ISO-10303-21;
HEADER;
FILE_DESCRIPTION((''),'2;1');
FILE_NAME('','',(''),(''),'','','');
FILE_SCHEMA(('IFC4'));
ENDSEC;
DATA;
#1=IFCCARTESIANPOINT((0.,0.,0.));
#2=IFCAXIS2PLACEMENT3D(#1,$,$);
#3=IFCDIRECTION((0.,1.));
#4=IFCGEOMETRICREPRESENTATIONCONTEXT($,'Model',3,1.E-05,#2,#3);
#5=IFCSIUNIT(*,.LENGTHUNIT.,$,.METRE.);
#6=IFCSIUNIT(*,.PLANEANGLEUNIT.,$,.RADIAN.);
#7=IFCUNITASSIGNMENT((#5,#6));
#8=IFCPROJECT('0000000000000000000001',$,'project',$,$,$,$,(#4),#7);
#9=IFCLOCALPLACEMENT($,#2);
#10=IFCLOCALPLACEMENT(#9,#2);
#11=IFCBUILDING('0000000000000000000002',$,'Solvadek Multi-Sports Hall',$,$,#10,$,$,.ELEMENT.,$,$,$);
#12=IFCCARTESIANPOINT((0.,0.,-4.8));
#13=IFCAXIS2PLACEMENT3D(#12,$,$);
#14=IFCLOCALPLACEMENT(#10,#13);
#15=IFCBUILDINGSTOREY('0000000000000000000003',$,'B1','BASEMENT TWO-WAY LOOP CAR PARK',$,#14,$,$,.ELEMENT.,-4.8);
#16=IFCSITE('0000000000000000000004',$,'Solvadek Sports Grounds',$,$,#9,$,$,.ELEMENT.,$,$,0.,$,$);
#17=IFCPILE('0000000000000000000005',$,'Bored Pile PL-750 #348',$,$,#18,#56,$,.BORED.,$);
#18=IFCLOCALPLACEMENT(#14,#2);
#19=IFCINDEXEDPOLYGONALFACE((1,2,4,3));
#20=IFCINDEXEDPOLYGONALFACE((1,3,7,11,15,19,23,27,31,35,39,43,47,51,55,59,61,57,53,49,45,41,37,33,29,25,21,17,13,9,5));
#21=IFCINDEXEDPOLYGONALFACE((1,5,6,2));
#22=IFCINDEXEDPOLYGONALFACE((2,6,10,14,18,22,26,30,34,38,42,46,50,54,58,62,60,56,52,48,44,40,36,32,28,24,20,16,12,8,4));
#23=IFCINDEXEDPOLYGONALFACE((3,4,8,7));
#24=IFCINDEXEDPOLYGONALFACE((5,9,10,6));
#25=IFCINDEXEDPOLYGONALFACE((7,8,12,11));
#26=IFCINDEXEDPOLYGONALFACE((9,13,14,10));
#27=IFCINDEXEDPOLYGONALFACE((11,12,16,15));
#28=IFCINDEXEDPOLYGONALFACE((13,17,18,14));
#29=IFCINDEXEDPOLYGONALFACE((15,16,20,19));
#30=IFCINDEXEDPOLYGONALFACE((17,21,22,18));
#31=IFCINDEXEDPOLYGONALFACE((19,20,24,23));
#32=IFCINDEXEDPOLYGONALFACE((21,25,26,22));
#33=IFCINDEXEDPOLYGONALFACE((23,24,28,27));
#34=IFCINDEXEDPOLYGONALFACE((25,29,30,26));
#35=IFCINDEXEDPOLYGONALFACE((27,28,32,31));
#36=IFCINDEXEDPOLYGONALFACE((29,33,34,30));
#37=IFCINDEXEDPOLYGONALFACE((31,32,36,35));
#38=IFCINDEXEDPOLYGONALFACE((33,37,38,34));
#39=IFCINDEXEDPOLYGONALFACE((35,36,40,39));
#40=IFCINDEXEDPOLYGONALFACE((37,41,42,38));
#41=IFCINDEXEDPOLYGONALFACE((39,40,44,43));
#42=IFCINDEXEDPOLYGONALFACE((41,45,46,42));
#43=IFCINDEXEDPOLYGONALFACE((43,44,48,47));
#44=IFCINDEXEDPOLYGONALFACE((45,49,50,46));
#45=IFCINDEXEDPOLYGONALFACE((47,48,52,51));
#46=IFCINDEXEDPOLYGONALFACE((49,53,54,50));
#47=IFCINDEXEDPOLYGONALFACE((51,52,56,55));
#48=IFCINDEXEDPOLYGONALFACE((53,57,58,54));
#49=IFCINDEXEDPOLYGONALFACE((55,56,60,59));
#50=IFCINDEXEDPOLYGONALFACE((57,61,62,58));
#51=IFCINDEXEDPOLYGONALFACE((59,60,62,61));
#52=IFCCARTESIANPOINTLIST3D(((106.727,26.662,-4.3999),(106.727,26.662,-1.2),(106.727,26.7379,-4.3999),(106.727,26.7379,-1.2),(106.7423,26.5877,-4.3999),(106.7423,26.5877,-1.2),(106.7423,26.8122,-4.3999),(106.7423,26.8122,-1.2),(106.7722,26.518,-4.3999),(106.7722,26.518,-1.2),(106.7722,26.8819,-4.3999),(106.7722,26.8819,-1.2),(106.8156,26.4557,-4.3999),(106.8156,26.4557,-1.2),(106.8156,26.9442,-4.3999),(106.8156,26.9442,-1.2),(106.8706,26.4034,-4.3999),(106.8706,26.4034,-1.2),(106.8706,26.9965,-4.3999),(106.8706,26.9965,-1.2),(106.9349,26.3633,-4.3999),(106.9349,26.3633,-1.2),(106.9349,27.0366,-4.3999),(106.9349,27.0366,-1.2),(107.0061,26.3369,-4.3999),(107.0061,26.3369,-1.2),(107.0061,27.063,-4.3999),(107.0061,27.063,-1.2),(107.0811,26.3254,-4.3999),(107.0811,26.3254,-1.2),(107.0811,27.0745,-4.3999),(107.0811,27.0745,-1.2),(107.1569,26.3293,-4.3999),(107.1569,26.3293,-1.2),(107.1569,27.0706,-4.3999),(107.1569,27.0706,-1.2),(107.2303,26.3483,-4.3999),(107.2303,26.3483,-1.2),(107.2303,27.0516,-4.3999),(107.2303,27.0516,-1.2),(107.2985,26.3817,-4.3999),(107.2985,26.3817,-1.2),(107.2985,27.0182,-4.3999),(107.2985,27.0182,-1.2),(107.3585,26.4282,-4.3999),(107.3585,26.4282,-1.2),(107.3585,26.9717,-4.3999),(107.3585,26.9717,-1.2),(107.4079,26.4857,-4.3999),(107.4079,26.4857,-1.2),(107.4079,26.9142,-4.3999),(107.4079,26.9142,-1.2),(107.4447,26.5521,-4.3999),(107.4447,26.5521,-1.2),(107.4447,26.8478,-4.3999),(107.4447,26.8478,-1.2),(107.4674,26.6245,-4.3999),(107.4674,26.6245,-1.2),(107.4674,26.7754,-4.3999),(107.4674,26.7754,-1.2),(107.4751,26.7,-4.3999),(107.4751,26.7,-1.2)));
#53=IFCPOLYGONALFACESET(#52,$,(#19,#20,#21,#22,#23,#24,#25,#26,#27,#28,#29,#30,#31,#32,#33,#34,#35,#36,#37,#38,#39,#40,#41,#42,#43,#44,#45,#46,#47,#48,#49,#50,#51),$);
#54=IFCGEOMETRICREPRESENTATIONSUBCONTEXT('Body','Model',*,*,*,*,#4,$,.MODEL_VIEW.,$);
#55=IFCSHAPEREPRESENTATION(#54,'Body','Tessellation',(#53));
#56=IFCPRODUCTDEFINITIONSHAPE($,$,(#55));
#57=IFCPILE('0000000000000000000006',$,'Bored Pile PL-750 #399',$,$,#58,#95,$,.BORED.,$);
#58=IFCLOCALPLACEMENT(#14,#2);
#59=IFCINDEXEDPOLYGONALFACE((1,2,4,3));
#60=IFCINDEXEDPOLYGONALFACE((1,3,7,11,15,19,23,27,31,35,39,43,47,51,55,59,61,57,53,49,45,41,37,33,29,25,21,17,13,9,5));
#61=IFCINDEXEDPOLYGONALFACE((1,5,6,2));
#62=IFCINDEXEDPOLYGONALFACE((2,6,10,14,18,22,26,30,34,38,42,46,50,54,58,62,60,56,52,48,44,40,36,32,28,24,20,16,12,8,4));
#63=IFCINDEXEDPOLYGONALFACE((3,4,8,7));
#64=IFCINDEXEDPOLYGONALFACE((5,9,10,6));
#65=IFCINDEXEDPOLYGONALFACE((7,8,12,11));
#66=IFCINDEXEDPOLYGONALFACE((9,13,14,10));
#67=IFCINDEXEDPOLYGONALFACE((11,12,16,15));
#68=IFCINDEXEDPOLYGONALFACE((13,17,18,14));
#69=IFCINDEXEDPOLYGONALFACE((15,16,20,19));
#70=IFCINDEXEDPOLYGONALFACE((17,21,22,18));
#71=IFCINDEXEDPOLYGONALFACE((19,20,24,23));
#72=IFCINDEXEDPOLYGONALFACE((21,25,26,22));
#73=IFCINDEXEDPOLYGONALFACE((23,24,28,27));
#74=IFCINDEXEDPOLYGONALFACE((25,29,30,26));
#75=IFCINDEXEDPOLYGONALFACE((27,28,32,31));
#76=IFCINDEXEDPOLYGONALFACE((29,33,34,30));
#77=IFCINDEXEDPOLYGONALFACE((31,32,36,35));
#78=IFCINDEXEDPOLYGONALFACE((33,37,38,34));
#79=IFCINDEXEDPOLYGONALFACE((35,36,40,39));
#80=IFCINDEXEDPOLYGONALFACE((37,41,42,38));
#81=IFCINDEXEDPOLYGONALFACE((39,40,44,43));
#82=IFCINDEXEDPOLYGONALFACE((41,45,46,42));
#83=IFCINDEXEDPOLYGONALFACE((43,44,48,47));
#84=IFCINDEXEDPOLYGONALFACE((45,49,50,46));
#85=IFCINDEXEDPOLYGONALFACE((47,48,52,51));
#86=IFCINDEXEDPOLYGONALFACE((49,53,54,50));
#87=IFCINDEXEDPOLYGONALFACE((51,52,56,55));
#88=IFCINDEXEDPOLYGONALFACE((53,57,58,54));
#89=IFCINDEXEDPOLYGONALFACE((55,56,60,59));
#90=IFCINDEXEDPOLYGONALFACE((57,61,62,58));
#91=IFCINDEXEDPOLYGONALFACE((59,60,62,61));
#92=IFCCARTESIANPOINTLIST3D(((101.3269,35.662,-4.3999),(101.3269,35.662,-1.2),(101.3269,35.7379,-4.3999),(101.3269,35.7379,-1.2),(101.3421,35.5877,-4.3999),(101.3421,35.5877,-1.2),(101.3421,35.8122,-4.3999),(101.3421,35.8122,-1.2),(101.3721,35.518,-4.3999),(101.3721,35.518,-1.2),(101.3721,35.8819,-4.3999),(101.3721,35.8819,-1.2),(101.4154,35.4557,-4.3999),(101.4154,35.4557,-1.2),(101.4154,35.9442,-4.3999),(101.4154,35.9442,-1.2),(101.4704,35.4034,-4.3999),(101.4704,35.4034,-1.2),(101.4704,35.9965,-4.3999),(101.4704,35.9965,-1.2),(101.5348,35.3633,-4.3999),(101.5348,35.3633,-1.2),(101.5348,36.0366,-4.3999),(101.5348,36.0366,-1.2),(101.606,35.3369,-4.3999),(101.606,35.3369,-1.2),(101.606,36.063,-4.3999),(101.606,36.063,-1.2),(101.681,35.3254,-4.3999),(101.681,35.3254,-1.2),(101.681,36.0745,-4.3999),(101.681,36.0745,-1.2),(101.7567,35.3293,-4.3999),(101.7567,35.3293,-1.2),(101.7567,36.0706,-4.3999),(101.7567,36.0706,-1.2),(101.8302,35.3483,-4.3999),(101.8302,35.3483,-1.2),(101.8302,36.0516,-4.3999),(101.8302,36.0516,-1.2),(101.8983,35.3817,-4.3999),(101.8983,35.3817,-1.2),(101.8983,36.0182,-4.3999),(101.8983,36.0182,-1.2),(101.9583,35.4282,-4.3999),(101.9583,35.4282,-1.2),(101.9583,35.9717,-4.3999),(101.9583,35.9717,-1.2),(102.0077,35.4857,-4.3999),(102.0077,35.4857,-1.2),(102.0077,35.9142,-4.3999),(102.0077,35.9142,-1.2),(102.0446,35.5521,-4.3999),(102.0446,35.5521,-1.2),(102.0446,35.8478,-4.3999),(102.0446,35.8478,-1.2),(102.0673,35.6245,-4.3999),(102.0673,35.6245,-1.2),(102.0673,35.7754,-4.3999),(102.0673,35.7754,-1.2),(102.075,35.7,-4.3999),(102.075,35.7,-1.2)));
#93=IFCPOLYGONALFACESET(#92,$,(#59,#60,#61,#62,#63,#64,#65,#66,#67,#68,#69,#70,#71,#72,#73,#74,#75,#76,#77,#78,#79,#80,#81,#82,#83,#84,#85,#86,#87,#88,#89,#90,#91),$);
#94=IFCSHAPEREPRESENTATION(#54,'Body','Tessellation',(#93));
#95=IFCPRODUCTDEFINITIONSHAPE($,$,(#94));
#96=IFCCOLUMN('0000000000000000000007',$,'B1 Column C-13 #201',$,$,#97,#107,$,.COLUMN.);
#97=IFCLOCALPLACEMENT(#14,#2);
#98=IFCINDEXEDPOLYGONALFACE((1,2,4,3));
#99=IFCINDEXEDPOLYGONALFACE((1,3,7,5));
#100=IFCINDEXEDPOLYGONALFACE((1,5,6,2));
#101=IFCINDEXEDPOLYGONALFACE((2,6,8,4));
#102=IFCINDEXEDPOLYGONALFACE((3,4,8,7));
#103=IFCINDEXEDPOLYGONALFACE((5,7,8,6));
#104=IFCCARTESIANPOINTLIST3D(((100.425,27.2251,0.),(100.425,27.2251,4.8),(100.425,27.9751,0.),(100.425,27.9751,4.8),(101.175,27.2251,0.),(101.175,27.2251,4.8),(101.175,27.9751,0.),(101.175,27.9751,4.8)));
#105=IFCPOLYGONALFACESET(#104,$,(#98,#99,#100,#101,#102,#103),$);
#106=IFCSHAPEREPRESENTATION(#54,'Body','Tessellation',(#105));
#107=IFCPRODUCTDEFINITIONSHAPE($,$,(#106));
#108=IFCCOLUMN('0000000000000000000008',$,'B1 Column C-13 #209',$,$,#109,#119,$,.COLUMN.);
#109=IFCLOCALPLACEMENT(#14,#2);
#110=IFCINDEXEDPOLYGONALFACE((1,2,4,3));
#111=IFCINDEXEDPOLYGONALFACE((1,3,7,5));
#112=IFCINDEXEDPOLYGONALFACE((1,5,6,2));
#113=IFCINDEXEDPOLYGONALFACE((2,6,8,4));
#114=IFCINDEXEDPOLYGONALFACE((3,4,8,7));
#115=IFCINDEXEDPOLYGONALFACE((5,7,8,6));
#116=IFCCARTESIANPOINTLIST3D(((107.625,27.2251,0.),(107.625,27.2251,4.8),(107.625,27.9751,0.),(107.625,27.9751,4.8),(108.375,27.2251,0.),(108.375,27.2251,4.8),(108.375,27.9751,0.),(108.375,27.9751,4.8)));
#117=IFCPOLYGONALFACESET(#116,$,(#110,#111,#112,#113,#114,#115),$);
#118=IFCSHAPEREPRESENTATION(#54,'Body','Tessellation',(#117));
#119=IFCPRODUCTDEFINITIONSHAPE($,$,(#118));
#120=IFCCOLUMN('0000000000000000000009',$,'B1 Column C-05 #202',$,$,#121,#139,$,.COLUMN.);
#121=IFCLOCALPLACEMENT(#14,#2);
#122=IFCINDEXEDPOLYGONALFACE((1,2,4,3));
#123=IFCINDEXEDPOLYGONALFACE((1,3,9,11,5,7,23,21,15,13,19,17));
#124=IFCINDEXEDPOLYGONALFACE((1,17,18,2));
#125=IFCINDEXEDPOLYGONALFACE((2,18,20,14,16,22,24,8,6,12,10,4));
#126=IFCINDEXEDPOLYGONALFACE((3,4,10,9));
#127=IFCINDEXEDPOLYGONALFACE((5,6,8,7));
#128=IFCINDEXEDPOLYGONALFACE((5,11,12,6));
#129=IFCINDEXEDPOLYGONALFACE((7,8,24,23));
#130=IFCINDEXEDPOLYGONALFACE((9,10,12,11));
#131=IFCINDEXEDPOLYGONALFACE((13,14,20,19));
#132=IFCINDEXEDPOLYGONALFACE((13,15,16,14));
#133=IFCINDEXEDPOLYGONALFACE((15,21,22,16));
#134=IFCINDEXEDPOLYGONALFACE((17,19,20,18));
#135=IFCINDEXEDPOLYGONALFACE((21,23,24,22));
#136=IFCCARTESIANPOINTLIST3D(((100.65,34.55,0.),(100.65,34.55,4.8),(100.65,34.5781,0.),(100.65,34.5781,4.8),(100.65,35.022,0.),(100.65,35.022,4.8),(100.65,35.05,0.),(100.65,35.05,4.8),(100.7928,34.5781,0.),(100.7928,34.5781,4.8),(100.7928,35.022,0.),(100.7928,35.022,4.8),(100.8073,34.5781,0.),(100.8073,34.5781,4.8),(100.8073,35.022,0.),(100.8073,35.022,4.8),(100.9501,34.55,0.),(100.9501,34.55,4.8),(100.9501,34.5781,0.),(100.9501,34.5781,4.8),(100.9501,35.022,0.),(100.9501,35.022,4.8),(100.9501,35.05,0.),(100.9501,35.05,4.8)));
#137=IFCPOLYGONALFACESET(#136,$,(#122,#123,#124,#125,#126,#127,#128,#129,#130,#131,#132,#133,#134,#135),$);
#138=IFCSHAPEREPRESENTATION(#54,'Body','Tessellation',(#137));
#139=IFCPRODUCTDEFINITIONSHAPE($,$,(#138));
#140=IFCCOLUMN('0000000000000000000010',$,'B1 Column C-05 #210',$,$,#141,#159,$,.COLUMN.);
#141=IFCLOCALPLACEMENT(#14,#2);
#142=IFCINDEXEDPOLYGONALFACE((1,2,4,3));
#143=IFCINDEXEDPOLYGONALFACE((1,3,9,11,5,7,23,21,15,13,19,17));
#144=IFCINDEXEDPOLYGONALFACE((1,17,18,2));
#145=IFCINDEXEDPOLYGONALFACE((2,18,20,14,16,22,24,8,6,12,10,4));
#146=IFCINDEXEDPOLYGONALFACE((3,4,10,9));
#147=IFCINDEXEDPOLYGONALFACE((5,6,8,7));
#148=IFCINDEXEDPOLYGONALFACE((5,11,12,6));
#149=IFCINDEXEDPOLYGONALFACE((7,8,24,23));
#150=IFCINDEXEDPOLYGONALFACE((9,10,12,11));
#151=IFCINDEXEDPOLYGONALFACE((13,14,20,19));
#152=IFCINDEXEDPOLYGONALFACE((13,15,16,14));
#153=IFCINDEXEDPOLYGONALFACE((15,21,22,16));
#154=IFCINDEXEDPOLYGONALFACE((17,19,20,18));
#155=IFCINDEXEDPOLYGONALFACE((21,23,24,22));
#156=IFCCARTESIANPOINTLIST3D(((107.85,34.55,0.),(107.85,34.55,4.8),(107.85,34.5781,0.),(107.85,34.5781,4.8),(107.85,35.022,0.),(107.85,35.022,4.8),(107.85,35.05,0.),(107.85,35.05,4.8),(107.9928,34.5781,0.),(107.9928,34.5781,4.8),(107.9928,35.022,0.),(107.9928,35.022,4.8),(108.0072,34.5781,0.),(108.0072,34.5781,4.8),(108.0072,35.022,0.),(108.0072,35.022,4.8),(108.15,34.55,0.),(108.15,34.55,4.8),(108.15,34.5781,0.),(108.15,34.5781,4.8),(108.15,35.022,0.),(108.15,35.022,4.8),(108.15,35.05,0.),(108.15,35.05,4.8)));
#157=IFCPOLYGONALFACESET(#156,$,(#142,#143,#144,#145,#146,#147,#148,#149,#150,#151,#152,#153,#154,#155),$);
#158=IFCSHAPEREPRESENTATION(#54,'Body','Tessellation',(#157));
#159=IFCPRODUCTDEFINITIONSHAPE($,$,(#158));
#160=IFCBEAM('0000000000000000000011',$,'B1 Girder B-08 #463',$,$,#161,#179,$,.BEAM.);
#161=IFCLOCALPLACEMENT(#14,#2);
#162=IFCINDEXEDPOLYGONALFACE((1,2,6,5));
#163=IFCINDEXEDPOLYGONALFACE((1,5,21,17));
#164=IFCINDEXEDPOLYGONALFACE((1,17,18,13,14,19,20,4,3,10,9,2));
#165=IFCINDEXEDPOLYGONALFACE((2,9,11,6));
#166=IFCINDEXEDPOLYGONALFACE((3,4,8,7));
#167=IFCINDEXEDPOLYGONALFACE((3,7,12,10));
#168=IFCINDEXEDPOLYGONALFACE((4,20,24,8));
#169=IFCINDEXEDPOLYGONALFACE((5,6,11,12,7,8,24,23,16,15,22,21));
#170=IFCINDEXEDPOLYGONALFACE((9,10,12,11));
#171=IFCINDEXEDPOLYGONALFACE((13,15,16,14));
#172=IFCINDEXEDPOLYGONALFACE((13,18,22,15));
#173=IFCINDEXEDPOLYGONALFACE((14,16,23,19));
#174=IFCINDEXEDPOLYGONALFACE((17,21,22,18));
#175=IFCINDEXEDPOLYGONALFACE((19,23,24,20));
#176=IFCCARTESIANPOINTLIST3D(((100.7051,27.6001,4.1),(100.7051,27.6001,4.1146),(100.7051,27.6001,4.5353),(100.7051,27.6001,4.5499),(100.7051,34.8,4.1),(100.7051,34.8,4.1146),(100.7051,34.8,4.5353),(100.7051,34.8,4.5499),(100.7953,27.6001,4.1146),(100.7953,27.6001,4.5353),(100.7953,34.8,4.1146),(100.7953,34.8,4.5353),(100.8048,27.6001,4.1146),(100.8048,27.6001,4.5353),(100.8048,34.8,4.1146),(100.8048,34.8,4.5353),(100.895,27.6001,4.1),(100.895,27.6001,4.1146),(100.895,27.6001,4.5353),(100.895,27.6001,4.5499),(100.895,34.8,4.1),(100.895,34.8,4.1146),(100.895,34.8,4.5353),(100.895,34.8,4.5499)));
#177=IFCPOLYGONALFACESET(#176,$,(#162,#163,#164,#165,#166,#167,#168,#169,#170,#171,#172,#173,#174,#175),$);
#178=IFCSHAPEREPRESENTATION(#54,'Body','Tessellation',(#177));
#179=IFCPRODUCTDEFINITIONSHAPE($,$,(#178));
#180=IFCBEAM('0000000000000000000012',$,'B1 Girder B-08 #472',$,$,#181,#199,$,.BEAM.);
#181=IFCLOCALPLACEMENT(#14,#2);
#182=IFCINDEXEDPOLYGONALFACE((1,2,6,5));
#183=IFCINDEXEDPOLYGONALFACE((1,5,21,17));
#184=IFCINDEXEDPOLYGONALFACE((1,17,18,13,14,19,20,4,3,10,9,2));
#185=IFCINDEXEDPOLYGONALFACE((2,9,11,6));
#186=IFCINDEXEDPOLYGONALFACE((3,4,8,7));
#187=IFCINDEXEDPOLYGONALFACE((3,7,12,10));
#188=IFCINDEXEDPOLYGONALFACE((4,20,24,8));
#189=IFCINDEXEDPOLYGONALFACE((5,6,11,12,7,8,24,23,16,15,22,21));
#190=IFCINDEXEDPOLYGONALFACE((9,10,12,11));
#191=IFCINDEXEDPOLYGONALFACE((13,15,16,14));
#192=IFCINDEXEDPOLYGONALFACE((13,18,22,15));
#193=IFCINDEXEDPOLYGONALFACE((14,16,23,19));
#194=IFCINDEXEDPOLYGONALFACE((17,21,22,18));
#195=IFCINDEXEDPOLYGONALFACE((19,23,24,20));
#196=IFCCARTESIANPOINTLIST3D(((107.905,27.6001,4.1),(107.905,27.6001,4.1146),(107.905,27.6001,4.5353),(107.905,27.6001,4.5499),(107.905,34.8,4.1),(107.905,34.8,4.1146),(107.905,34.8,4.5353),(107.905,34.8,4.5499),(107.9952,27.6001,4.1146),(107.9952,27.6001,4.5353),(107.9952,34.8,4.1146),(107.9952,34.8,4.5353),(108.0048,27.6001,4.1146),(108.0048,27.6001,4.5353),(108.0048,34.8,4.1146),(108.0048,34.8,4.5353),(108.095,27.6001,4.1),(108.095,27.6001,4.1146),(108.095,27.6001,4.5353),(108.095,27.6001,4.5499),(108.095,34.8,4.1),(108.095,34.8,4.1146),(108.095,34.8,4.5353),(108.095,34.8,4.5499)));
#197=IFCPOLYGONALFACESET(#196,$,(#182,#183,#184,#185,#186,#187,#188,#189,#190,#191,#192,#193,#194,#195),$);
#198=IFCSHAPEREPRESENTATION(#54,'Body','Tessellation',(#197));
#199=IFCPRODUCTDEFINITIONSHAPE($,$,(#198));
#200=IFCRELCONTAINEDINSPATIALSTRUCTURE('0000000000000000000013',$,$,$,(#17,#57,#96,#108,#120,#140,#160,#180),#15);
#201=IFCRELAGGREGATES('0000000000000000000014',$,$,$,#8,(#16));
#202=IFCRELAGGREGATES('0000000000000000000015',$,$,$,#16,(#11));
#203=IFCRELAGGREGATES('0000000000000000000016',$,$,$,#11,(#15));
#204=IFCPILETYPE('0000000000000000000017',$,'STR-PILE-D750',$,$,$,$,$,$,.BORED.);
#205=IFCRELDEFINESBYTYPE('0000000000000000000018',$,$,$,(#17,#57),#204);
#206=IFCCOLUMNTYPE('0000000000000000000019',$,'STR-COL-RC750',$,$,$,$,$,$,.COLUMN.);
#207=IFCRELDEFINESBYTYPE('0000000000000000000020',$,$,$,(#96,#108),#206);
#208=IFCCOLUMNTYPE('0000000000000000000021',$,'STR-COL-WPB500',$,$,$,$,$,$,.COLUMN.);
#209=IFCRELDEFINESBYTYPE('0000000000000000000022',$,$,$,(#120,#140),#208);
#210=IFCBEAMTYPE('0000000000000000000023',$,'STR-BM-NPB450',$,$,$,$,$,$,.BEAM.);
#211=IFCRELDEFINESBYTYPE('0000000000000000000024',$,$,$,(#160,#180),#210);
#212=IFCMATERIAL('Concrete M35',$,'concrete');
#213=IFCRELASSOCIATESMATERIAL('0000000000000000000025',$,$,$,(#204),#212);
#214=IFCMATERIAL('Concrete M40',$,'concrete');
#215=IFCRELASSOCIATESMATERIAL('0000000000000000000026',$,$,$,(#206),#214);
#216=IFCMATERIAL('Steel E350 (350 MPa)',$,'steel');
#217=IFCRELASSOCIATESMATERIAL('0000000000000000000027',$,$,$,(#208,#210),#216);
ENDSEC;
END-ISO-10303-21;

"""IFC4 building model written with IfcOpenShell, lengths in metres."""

from ifc_helpers import new_model, si_unit, direction, frame, origin, origin_2d, place, context, subcontext, project, spatial, rectangle, circle, i_section, extrude, material, material_profile, profile_set, type_object, element, save


model = new_model("IFC4")

# Units and contexts
model_context = context("Model", 3, precision=1e-05, world=origin(), true_north=direction((0.0, 1.0)))
body_context = subcontext(model_context, "Body", "Model", "MODEL_VIEW")
ifc_project = project(units=[si_unit("LENGTHUNIT", "METRE"), si_unit("PLANEANGLEUNIT", "RADIAN")], contexts=[model_context])

# Site, building, storey
site_placement = place(None, origin())
site = spatial("IfcSite", under=ifc_project, at=site_placement, Name="Solvadek Sports Grounds", CompositionType="ELEMENT", RefElevation=0.0)
building_placement = place(site_placement, origin())
building = spatial("IfcBuilding", under=site, at=building_placement, Name="Solvadek Multi-Sports Hall", CompositionType="ELEMENT")
storey_placement = place(building_placement, frame((0.0, 0.0, -4.8)))
storey = spatial("IfcBuildingStorey", under=building, at=storey_placement, Name="B1", Description="BASEMENT TWO-WAY LOOP CAR PARK", CompositionType="ELEMENT", Elevation=-4.8)

# Shared definitions
ifc_material_1 = material(Name="Concrete M40", Category="concrete")

# Piles
ifc_material_2 = material(Name="Concrete M35", Category="concrete")
ifc_material_profile_1 = material_profile(ifc_material_2, circle(Radius=0.375, at=origin_2d()), Name="BORED PILE D750")
ifc_profile_set_1 = profile_set([ifc_material_profile_1], Name="Concrete M35")
pile_type_1 = type_object("IfcPileType", Name="STR-PILE-D750", PredefinedType="BORED", material=ifc_profile_set_1)
for number, where, z_axis, x_axis, name in (
    (1, (107.1001, 26.7, -1.2), (0.0, 0.0, -1.0), (1.0, 0.0, 0.0), "Bored Pile PL-750 #348"),
    (2, (101.7, 35.7, -1.2), (0.0, 0.0, -1.0), (1.0, 0.0, 0.0), "Bored Pile PL-750 #399"),
):
    element("IfcPile", number, at=place(storey_placement, frame(where, z_axis=z_axis, x_axis=x_axis)), inside=storey, type_object=pile_type_1, Name=name, PredefinedType="BORED", context=body_context, shape_type="SweptSolid", body=[
        extrude(circle(Radius=0.375, at=origin_2d()), origin(), (0.0, 0.0, 1.0), 3.2),
    ])

# Columns
ifc_material_profile_2 = material_profile(ifc_material_1, rectangle(XDim=0.75, YDim=0.75, at=origin_2d()), Name="RC 750x750")
ifc_profile_set_2 = profile_set([ifc_material_profile_2], Name="Concrete M40")
column_type_1 = type_object("IfcColumnType", Name="STR-COL-RC750", PredefinedType="COLUMN", material=ifc_profile_set_2)
for number, where, z_axis, x_axis, name in (
    (3, (100.8, 27.6001, 0.0), (0.0, 0.0, 1.0), (1.0, 0.0, 0.0), "B1 Column C-13 #201"),
    (4, (108.0, 27.6001, 0.0), (0.0, 0.0, 1.0), (1.0, 0.0, 0.0), "B1 Column C-13 #209"),
):
    element("IfcColumn", number, at=place(storey_placement, frame(where, z_axis=z_axis, x_axis=x_axis)), inside=storey, type_object=column_type_1, Name=name, PredefinedType="COLUMN", context=body_context, shape_type="SweptSolid", body=[
        extrude(rectangle(XDim=0.75, YDim=0.75, at=origin_2d()), origin(), (0.0, 0.0, 1.0), 4.8),
    ])
ifc_material_3 = material(Name="Steel E350 (350 MPa)", Category="steel")
ifc_material_profile_3 = material_profile(ifc_material_3, i_section(OverallWidth=0.3, OverallDepth=0.5, WebThickness=0.0144, FlangeThickness=0.0281, at=origin_2d()), Name="WPB 500")
ifc_profile_set_3 = profile_set([ifc_material_profile_3], Name="Steel E350 (350 MPa)")
column_type_2 = type_object("IfcColumnType", Name="STR-COL-WPB500", PredefinedType="COLUMN", material=ifc_profile_set_3)
for number, where, z_axis, x_axis, name in (
    (5, (100.8, 34.8, 0.0), (0.0, 0.0, 1.0), (1.0, 0.0, 0.0), "B1 Column C-05 #202"),
    (6, (108.0, 34.8, 0.0), (0.0, 0.0, 1.0), (1.0, 0.0, 0.0), "B1 Column C-05 #210"),
):
    element("IfcColumn", number, at=place(storey_placement, frame(where, z_axis=z_axis, x_axis=x_axis)), inside=storey, type_object=column_type_2, Name=name, PredefinedType="COLUMN", context=body_context, shape_type="SweptSolid", body=[
        extrude(i_section(OverallWidth=0.3, OverallDepth=0.5, WebThickness=0.0144, FlangeThickness=0.0281, at=origin_2d()), origin(), (0.0, 0.0, 1.0), 4.8),
    ])

# Beams
ifc_material_profile_4 = material_profile(ifc_material_3, i_section(OverallWidth=0.1899, OverallDepth=0.45, WebThickness=0.0095, FlangeThickness=0.0146, at=origin_2d()), Name="NPB 450")
ifc_profile_set_4 = profile_set([ifc_material_profile_4], Name="Steel E350 (350 MPa)")
beam_type_1 = type_object("IfcBeamType", Name="STR-BM-NPB450", PredefinedType="BEAM", material=ifc_profile_set_4)
for number, where, z_axis, x_axis, name in (
    (7, (100.8, 27.6001, 4.325), (0.0, 1.0, 0.0), (-1.0, 0.0, 0.0), "B1 Girder B-08 #463"),
    (8, (108.0, 27.6001, 4.325), (0.0, 1.0, 0.0), (-1.0, 0.0, 0.0), "B1 Girder B-08 #472"),
):
    element("IfcBeam", number, at=place(storey_placement, frame(where, z_axis=z_axis, x_axis=x_axis)), inside=storey, type_object=beam_type_1, Name=name, PredefinedType="BEAM", context=body_context, shape_type="SweptSolid", body=[
        extrude(i_section(OverallWidth=0.1899, OverallDepth=0.45, WebThickness=0.0095, FlangeThickness=0.0146, at=origin_2d()), origin(), (0.0, 0.0, 1.0), 7.2),
    ])

save(model, "model.ifc")
